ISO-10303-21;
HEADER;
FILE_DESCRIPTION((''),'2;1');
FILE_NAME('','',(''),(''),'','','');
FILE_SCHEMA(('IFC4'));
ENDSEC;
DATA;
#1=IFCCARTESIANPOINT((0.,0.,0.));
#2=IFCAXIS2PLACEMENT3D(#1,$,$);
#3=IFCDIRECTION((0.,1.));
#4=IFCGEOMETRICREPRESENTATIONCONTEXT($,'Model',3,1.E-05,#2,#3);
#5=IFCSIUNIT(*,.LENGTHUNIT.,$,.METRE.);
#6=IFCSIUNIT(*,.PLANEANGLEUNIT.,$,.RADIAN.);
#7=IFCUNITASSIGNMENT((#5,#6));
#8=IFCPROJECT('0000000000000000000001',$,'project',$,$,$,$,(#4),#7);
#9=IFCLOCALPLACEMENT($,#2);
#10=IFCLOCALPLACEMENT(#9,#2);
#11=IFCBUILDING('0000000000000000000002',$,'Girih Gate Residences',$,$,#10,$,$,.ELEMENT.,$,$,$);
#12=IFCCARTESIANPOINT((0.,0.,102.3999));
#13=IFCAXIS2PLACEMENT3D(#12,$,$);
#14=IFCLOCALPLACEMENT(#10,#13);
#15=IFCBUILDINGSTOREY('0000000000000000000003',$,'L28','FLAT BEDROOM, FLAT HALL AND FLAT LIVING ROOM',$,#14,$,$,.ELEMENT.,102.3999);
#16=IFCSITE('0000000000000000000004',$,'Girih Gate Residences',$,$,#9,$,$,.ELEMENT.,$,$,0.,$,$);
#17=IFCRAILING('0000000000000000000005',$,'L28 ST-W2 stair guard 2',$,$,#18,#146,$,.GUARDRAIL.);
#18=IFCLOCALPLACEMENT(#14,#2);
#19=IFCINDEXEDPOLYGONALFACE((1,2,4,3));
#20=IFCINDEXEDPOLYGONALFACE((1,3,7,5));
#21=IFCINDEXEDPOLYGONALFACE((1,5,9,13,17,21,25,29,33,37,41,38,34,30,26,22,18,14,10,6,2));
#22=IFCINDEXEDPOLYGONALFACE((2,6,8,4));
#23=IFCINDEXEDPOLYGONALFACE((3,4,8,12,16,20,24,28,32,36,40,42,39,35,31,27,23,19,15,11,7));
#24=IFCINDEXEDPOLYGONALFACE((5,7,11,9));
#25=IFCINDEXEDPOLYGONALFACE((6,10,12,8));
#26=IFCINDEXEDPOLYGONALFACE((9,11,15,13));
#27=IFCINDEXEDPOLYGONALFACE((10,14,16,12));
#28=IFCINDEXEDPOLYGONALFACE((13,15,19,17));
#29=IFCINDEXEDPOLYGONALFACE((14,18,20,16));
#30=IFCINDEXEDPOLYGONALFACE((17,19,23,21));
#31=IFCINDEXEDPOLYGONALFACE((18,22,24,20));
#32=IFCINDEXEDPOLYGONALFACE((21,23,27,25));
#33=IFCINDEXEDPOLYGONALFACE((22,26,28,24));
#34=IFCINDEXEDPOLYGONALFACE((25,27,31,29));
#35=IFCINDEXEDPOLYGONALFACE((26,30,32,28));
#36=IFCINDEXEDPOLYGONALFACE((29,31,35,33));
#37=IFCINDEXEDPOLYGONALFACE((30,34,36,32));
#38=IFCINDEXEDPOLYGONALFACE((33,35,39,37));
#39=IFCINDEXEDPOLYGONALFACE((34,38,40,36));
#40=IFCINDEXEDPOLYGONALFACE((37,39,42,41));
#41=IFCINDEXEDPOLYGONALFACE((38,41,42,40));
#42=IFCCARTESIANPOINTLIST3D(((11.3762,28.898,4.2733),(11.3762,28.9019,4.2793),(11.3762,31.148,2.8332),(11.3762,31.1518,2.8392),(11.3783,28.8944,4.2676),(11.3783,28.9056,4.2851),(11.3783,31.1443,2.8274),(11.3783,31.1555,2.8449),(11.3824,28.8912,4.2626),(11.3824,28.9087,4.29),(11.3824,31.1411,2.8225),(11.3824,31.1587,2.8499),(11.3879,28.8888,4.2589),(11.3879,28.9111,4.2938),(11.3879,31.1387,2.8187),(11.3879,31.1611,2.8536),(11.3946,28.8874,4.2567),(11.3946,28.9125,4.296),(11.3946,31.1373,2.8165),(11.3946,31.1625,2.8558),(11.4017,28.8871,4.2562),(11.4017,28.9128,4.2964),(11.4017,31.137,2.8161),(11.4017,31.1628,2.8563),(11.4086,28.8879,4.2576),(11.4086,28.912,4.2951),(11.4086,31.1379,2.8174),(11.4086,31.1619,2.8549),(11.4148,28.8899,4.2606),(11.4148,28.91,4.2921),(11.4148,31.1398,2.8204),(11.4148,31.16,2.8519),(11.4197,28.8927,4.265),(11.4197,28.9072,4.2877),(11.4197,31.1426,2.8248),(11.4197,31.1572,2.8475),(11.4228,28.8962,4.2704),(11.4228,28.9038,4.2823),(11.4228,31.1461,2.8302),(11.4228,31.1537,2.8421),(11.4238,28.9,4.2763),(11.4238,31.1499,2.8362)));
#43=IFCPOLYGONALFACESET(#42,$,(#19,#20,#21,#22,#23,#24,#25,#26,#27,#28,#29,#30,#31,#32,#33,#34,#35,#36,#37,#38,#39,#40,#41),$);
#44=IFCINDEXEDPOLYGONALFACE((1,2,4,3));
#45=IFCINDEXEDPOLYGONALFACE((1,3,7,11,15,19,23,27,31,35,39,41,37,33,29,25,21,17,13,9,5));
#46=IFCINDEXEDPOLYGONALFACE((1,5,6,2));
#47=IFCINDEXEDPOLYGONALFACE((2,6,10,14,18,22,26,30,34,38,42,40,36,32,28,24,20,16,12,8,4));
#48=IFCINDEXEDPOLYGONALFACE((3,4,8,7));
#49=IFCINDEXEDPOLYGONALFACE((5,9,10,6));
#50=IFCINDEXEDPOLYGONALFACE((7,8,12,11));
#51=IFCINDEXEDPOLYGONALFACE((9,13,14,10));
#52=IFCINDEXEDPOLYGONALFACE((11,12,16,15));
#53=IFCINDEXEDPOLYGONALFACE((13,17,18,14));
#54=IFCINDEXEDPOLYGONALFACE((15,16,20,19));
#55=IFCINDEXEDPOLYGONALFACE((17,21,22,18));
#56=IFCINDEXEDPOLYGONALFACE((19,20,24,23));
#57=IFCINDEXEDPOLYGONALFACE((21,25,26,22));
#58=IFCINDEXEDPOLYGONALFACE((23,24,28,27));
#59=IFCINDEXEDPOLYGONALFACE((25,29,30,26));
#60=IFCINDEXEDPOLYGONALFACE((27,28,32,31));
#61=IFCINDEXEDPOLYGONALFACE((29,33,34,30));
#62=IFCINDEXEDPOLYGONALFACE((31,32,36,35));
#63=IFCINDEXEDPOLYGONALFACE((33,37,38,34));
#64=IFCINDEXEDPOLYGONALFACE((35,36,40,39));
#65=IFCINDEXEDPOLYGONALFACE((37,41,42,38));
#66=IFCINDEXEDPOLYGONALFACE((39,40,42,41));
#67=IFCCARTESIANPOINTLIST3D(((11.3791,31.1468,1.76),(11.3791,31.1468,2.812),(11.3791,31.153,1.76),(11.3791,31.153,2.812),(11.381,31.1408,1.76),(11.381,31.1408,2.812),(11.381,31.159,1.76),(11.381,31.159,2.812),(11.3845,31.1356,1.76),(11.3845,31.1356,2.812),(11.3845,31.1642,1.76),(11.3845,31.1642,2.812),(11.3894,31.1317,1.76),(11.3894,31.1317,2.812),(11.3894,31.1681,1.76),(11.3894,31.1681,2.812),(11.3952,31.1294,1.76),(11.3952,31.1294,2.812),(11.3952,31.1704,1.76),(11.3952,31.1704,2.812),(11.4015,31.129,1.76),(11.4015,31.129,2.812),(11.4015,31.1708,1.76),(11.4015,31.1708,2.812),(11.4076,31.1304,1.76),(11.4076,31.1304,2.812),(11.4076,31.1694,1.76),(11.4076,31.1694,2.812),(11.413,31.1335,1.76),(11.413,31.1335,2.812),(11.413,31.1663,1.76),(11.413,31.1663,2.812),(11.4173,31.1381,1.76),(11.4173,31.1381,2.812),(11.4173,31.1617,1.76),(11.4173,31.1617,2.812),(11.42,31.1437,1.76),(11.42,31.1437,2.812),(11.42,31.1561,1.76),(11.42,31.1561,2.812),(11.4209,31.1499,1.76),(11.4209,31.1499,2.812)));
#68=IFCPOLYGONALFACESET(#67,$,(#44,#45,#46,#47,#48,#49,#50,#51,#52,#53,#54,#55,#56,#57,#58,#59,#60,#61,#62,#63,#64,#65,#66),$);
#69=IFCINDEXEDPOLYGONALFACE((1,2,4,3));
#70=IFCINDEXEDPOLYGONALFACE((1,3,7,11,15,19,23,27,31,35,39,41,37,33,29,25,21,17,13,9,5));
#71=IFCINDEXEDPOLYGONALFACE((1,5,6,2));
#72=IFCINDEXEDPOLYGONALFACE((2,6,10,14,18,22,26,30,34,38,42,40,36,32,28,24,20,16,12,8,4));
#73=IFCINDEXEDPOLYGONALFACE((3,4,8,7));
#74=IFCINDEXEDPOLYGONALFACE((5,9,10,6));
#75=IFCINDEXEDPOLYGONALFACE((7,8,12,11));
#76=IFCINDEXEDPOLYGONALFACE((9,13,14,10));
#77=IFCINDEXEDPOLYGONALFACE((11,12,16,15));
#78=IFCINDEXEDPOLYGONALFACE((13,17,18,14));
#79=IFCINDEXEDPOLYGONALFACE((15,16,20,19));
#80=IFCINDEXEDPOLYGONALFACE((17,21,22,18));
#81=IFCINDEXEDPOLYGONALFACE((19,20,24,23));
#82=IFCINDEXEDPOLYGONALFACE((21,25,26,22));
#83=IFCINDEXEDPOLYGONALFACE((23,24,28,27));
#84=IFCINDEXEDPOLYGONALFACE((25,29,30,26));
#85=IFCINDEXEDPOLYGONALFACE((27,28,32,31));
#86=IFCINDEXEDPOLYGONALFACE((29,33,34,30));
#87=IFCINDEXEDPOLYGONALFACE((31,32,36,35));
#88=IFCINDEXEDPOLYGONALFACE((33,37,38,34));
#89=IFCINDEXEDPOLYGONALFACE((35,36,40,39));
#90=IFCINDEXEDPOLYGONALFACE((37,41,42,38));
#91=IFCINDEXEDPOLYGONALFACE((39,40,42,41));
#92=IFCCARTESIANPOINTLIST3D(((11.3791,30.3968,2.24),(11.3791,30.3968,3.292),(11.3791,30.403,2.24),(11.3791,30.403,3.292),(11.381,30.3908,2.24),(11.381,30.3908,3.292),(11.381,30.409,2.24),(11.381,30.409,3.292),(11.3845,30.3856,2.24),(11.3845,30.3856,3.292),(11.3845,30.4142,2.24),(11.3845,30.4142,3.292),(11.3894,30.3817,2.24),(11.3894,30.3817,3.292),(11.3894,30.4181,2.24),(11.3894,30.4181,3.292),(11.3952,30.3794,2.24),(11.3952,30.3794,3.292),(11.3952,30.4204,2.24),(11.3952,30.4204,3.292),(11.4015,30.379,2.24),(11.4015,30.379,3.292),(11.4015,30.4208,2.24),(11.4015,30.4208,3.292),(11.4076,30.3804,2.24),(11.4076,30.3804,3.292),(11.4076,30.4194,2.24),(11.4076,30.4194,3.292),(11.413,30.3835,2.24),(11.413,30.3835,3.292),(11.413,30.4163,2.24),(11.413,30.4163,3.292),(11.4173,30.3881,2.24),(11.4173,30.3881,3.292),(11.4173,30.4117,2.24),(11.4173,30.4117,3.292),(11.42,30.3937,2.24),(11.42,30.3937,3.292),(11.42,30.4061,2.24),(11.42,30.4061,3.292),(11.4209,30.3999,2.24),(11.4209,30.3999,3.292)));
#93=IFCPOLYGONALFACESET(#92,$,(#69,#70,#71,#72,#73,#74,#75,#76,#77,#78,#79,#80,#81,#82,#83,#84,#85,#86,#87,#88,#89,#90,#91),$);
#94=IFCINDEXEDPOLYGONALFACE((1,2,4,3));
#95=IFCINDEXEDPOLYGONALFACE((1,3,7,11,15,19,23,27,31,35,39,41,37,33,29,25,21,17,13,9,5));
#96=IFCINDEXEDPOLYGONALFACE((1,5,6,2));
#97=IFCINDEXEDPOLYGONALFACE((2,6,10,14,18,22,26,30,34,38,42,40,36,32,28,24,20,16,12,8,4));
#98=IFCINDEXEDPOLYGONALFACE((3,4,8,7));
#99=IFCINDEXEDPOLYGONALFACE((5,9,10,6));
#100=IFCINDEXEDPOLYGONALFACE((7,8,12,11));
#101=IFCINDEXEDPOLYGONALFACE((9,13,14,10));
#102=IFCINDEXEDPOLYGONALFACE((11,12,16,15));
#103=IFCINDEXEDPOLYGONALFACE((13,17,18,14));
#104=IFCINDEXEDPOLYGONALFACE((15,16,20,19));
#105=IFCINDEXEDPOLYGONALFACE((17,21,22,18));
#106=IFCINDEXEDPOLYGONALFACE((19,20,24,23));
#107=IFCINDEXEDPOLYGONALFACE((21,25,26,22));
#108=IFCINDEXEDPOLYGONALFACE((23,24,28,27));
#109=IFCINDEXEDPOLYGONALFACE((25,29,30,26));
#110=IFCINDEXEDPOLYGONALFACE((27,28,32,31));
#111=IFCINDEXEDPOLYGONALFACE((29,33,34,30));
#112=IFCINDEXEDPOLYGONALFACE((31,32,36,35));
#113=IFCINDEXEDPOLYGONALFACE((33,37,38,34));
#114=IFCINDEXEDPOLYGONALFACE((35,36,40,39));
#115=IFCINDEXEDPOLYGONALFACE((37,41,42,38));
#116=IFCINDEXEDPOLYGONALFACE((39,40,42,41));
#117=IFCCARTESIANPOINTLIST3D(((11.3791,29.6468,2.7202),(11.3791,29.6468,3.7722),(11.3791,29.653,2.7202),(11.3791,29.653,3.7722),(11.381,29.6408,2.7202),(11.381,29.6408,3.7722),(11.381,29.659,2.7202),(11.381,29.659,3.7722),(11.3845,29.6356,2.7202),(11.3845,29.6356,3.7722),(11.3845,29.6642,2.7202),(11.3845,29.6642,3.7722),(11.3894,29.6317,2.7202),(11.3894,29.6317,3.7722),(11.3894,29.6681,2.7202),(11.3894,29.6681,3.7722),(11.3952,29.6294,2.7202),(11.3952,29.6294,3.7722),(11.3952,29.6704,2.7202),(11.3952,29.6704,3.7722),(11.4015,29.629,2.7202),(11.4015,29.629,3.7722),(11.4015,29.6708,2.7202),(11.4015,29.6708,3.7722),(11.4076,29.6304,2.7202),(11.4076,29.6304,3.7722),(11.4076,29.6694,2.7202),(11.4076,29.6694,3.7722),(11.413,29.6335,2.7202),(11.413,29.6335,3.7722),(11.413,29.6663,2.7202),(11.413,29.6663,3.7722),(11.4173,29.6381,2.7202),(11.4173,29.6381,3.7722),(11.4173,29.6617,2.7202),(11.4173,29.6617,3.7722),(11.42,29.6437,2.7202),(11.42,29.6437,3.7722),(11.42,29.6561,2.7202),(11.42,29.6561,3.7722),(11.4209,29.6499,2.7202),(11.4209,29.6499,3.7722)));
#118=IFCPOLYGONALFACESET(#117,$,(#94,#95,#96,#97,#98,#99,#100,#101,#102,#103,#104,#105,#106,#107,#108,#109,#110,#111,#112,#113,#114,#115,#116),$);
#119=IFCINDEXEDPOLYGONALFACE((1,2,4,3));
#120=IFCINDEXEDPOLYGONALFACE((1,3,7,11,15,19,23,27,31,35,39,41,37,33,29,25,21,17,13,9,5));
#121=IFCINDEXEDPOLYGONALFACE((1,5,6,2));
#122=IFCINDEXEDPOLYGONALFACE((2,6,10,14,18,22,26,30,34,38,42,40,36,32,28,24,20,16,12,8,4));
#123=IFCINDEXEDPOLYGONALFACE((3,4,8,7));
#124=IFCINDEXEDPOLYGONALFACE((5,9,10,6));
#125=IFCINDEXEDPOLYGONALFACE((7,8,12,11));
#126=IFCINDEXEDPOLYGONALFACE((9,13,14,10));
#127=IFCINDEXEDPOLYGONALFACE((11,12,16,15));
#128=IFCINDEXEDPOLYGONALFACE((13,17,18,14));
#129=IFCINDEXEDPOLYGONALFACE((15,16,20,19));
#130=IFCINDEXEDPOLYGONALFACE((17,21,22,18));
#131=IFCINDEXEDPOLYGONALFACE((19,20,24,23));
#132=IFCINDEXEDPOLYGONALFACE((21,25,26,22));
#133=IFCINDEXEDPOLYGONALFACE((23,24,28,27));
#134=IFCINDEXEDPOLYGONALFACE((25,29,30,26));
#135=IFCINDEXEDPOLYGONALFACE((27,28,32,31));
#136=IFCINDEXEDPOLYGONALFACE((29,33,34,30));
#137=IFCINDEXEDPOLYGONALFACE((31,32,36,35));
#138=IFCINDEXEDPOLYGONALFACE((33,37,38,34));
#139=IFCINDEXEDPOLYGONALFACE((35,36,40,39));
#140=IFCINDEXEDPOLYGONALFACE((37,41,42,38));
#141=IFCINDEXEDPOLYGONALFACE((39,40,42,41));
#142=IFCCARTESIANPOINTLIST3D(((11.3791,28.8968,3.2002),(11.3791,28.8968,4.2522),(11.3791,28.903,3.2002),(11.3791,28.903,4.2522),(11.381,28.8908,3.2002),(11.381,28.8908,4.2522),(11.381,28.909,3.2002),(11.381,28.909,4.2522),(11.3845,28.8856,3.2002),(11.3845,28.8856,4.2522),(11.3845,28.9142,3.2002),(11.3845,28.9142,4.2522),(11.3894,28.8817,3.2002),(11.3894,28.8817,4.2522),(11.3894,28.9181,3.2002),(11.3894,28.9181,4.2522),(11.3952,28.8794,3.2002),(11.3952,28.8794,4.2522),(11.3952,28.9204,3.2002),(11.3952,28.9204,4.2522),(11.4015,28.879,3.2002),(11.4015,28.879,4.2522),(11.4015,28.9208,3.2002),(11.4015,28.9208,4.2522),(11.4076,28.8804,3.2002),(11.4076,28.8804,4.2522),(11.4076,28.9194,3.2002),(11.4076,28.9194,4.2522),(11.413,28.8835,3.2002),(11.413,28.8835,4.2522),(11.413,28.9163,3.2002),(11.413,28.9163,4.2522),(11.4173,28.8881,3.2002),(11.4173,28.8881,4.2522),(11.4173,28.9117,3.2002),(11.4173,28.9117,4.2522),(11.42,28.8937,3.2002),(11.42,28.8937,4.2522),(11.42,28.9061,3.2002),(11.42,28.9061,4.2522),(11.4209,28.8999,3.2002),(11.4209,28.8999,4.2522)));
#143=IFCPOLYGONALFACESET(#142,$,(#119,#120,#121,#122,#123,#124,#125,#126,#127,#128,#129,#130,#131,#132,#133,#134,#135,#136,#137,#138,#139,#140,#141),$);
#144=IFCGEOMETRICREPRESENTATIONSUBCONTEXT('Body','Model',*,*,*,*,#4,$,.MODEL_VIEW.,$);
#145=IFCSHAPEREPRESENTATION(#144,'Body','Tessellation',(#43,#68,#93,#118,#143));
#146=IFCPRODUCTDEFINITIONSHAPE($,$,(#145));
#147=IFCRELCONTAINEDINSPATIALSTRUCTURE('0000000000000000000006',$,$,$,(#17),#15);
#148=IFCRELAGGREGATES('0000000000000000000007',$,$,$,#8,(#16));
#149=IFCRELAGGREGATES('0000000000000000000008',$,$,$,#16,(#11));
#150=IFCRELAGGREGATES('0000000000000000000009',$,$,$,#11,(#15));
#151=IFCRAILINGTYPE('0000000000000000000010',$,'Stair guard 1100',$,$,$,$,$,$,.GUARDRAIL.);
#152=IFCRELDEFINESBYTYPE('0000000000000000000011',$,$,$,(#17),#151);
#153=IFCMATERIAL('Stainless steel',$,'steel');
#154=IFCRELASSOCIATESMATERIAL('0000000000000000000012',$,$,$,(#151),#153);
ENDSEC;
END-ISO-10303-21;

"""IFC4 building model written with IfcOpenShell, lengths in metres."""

from ifc_helpers import new_model, si_unit, direction, frame, origin, origin_2d, place, context, subcontext, project, spatial, circle, extrude, material, type_object, element, save


model = new_model("IFC4")

# Units and contexts
model_context = context("Model", 3, precision=1e-05, world=origin(), true_north=direction((0.0, 1.0)))
body_context = subcontext(model_context, "Body", "Model", "MODEL_VIEW")
ifc_project = project(units=[si_unit("LENGTHUNIT", "METRE"), si_unit("PLANEANGLEUNIT", "RADIAN")], contexts=[model_context])

# Site, building, storey
site_placement = place(None, origin())
site = spatial("IfcSite", under=ifc_project, at=site_placement, Name="Girih Gate Residences", CompositionType="ELEMENT", RefElevation=0.0)
building_placement = place(site_placement, origin())
building = spatial("IfcBuilding", under=site, at=building_placement, Name="Girih Gate Residences", CompositionType="ELEMENT")
storey_placement = place(building_placement, frame((0.0, 0.0, 102.3999)))
storey = spatial("IfcBuildingStorey", under=building, at=storey_placement, Name="L28", Description="FLAT BEDROOM, FLAT HALL AND FLAT LIVING ROOM", CompositionType="ELEMENT", Elevation=102.3999)

# Railing
ifc_material_1 = material(Name="Stainless steel", Category="steel")
railing_type_1 = type_object("IfcRailingType", Name="Stair guard 1100", PredefinedType="GUARDRAIL", material=ifc_material_1)
railing_1_placement = place(storey_placement, frame((11.3999, 31.1499, 1.76)))
element("IfcRailing", 1, at=railing_1_placement, inside=storey, type_object=railing_type_1, Name="L28 ST-W2 stair guard 2", PredefinedType="GUARDRAIL", context=body_context, shape_type="SweptSolid", body=[
    extrude(circle(Radius=0.0239, at=origin_2d()), frame((0.0, 0.0, 1.0762), z_axis=(0.0, -0.84224, 0.539103), x_axis=(1.0, 0.0, 0.0)), (0.0, 0.0, 1.0), 2.6714),
    extrude(circle(Radius=0.021, at=origin_2d()), origin(), (0.0, 0.0, 1.0), 1.052),
    extrude(circle(Radius=0.021, at=origin_2d()), frame((0.0, -0.75, 0.48)), (0.0, 0.0, 1.0), 1.052),
    extrude(circle(Radius=0.021, at=origin_2d()), frame((0.0, -1.5, 0.9602)), (0.0, 0.0, 1.0), 1.052),
    extrude(circle(Radius=0.021, at=origin_2d()), frame((0.0, -2.25, 1.4402)), (0.0, 0.0, 1.0), 1.052),
])

save(model, "model.ifc")
